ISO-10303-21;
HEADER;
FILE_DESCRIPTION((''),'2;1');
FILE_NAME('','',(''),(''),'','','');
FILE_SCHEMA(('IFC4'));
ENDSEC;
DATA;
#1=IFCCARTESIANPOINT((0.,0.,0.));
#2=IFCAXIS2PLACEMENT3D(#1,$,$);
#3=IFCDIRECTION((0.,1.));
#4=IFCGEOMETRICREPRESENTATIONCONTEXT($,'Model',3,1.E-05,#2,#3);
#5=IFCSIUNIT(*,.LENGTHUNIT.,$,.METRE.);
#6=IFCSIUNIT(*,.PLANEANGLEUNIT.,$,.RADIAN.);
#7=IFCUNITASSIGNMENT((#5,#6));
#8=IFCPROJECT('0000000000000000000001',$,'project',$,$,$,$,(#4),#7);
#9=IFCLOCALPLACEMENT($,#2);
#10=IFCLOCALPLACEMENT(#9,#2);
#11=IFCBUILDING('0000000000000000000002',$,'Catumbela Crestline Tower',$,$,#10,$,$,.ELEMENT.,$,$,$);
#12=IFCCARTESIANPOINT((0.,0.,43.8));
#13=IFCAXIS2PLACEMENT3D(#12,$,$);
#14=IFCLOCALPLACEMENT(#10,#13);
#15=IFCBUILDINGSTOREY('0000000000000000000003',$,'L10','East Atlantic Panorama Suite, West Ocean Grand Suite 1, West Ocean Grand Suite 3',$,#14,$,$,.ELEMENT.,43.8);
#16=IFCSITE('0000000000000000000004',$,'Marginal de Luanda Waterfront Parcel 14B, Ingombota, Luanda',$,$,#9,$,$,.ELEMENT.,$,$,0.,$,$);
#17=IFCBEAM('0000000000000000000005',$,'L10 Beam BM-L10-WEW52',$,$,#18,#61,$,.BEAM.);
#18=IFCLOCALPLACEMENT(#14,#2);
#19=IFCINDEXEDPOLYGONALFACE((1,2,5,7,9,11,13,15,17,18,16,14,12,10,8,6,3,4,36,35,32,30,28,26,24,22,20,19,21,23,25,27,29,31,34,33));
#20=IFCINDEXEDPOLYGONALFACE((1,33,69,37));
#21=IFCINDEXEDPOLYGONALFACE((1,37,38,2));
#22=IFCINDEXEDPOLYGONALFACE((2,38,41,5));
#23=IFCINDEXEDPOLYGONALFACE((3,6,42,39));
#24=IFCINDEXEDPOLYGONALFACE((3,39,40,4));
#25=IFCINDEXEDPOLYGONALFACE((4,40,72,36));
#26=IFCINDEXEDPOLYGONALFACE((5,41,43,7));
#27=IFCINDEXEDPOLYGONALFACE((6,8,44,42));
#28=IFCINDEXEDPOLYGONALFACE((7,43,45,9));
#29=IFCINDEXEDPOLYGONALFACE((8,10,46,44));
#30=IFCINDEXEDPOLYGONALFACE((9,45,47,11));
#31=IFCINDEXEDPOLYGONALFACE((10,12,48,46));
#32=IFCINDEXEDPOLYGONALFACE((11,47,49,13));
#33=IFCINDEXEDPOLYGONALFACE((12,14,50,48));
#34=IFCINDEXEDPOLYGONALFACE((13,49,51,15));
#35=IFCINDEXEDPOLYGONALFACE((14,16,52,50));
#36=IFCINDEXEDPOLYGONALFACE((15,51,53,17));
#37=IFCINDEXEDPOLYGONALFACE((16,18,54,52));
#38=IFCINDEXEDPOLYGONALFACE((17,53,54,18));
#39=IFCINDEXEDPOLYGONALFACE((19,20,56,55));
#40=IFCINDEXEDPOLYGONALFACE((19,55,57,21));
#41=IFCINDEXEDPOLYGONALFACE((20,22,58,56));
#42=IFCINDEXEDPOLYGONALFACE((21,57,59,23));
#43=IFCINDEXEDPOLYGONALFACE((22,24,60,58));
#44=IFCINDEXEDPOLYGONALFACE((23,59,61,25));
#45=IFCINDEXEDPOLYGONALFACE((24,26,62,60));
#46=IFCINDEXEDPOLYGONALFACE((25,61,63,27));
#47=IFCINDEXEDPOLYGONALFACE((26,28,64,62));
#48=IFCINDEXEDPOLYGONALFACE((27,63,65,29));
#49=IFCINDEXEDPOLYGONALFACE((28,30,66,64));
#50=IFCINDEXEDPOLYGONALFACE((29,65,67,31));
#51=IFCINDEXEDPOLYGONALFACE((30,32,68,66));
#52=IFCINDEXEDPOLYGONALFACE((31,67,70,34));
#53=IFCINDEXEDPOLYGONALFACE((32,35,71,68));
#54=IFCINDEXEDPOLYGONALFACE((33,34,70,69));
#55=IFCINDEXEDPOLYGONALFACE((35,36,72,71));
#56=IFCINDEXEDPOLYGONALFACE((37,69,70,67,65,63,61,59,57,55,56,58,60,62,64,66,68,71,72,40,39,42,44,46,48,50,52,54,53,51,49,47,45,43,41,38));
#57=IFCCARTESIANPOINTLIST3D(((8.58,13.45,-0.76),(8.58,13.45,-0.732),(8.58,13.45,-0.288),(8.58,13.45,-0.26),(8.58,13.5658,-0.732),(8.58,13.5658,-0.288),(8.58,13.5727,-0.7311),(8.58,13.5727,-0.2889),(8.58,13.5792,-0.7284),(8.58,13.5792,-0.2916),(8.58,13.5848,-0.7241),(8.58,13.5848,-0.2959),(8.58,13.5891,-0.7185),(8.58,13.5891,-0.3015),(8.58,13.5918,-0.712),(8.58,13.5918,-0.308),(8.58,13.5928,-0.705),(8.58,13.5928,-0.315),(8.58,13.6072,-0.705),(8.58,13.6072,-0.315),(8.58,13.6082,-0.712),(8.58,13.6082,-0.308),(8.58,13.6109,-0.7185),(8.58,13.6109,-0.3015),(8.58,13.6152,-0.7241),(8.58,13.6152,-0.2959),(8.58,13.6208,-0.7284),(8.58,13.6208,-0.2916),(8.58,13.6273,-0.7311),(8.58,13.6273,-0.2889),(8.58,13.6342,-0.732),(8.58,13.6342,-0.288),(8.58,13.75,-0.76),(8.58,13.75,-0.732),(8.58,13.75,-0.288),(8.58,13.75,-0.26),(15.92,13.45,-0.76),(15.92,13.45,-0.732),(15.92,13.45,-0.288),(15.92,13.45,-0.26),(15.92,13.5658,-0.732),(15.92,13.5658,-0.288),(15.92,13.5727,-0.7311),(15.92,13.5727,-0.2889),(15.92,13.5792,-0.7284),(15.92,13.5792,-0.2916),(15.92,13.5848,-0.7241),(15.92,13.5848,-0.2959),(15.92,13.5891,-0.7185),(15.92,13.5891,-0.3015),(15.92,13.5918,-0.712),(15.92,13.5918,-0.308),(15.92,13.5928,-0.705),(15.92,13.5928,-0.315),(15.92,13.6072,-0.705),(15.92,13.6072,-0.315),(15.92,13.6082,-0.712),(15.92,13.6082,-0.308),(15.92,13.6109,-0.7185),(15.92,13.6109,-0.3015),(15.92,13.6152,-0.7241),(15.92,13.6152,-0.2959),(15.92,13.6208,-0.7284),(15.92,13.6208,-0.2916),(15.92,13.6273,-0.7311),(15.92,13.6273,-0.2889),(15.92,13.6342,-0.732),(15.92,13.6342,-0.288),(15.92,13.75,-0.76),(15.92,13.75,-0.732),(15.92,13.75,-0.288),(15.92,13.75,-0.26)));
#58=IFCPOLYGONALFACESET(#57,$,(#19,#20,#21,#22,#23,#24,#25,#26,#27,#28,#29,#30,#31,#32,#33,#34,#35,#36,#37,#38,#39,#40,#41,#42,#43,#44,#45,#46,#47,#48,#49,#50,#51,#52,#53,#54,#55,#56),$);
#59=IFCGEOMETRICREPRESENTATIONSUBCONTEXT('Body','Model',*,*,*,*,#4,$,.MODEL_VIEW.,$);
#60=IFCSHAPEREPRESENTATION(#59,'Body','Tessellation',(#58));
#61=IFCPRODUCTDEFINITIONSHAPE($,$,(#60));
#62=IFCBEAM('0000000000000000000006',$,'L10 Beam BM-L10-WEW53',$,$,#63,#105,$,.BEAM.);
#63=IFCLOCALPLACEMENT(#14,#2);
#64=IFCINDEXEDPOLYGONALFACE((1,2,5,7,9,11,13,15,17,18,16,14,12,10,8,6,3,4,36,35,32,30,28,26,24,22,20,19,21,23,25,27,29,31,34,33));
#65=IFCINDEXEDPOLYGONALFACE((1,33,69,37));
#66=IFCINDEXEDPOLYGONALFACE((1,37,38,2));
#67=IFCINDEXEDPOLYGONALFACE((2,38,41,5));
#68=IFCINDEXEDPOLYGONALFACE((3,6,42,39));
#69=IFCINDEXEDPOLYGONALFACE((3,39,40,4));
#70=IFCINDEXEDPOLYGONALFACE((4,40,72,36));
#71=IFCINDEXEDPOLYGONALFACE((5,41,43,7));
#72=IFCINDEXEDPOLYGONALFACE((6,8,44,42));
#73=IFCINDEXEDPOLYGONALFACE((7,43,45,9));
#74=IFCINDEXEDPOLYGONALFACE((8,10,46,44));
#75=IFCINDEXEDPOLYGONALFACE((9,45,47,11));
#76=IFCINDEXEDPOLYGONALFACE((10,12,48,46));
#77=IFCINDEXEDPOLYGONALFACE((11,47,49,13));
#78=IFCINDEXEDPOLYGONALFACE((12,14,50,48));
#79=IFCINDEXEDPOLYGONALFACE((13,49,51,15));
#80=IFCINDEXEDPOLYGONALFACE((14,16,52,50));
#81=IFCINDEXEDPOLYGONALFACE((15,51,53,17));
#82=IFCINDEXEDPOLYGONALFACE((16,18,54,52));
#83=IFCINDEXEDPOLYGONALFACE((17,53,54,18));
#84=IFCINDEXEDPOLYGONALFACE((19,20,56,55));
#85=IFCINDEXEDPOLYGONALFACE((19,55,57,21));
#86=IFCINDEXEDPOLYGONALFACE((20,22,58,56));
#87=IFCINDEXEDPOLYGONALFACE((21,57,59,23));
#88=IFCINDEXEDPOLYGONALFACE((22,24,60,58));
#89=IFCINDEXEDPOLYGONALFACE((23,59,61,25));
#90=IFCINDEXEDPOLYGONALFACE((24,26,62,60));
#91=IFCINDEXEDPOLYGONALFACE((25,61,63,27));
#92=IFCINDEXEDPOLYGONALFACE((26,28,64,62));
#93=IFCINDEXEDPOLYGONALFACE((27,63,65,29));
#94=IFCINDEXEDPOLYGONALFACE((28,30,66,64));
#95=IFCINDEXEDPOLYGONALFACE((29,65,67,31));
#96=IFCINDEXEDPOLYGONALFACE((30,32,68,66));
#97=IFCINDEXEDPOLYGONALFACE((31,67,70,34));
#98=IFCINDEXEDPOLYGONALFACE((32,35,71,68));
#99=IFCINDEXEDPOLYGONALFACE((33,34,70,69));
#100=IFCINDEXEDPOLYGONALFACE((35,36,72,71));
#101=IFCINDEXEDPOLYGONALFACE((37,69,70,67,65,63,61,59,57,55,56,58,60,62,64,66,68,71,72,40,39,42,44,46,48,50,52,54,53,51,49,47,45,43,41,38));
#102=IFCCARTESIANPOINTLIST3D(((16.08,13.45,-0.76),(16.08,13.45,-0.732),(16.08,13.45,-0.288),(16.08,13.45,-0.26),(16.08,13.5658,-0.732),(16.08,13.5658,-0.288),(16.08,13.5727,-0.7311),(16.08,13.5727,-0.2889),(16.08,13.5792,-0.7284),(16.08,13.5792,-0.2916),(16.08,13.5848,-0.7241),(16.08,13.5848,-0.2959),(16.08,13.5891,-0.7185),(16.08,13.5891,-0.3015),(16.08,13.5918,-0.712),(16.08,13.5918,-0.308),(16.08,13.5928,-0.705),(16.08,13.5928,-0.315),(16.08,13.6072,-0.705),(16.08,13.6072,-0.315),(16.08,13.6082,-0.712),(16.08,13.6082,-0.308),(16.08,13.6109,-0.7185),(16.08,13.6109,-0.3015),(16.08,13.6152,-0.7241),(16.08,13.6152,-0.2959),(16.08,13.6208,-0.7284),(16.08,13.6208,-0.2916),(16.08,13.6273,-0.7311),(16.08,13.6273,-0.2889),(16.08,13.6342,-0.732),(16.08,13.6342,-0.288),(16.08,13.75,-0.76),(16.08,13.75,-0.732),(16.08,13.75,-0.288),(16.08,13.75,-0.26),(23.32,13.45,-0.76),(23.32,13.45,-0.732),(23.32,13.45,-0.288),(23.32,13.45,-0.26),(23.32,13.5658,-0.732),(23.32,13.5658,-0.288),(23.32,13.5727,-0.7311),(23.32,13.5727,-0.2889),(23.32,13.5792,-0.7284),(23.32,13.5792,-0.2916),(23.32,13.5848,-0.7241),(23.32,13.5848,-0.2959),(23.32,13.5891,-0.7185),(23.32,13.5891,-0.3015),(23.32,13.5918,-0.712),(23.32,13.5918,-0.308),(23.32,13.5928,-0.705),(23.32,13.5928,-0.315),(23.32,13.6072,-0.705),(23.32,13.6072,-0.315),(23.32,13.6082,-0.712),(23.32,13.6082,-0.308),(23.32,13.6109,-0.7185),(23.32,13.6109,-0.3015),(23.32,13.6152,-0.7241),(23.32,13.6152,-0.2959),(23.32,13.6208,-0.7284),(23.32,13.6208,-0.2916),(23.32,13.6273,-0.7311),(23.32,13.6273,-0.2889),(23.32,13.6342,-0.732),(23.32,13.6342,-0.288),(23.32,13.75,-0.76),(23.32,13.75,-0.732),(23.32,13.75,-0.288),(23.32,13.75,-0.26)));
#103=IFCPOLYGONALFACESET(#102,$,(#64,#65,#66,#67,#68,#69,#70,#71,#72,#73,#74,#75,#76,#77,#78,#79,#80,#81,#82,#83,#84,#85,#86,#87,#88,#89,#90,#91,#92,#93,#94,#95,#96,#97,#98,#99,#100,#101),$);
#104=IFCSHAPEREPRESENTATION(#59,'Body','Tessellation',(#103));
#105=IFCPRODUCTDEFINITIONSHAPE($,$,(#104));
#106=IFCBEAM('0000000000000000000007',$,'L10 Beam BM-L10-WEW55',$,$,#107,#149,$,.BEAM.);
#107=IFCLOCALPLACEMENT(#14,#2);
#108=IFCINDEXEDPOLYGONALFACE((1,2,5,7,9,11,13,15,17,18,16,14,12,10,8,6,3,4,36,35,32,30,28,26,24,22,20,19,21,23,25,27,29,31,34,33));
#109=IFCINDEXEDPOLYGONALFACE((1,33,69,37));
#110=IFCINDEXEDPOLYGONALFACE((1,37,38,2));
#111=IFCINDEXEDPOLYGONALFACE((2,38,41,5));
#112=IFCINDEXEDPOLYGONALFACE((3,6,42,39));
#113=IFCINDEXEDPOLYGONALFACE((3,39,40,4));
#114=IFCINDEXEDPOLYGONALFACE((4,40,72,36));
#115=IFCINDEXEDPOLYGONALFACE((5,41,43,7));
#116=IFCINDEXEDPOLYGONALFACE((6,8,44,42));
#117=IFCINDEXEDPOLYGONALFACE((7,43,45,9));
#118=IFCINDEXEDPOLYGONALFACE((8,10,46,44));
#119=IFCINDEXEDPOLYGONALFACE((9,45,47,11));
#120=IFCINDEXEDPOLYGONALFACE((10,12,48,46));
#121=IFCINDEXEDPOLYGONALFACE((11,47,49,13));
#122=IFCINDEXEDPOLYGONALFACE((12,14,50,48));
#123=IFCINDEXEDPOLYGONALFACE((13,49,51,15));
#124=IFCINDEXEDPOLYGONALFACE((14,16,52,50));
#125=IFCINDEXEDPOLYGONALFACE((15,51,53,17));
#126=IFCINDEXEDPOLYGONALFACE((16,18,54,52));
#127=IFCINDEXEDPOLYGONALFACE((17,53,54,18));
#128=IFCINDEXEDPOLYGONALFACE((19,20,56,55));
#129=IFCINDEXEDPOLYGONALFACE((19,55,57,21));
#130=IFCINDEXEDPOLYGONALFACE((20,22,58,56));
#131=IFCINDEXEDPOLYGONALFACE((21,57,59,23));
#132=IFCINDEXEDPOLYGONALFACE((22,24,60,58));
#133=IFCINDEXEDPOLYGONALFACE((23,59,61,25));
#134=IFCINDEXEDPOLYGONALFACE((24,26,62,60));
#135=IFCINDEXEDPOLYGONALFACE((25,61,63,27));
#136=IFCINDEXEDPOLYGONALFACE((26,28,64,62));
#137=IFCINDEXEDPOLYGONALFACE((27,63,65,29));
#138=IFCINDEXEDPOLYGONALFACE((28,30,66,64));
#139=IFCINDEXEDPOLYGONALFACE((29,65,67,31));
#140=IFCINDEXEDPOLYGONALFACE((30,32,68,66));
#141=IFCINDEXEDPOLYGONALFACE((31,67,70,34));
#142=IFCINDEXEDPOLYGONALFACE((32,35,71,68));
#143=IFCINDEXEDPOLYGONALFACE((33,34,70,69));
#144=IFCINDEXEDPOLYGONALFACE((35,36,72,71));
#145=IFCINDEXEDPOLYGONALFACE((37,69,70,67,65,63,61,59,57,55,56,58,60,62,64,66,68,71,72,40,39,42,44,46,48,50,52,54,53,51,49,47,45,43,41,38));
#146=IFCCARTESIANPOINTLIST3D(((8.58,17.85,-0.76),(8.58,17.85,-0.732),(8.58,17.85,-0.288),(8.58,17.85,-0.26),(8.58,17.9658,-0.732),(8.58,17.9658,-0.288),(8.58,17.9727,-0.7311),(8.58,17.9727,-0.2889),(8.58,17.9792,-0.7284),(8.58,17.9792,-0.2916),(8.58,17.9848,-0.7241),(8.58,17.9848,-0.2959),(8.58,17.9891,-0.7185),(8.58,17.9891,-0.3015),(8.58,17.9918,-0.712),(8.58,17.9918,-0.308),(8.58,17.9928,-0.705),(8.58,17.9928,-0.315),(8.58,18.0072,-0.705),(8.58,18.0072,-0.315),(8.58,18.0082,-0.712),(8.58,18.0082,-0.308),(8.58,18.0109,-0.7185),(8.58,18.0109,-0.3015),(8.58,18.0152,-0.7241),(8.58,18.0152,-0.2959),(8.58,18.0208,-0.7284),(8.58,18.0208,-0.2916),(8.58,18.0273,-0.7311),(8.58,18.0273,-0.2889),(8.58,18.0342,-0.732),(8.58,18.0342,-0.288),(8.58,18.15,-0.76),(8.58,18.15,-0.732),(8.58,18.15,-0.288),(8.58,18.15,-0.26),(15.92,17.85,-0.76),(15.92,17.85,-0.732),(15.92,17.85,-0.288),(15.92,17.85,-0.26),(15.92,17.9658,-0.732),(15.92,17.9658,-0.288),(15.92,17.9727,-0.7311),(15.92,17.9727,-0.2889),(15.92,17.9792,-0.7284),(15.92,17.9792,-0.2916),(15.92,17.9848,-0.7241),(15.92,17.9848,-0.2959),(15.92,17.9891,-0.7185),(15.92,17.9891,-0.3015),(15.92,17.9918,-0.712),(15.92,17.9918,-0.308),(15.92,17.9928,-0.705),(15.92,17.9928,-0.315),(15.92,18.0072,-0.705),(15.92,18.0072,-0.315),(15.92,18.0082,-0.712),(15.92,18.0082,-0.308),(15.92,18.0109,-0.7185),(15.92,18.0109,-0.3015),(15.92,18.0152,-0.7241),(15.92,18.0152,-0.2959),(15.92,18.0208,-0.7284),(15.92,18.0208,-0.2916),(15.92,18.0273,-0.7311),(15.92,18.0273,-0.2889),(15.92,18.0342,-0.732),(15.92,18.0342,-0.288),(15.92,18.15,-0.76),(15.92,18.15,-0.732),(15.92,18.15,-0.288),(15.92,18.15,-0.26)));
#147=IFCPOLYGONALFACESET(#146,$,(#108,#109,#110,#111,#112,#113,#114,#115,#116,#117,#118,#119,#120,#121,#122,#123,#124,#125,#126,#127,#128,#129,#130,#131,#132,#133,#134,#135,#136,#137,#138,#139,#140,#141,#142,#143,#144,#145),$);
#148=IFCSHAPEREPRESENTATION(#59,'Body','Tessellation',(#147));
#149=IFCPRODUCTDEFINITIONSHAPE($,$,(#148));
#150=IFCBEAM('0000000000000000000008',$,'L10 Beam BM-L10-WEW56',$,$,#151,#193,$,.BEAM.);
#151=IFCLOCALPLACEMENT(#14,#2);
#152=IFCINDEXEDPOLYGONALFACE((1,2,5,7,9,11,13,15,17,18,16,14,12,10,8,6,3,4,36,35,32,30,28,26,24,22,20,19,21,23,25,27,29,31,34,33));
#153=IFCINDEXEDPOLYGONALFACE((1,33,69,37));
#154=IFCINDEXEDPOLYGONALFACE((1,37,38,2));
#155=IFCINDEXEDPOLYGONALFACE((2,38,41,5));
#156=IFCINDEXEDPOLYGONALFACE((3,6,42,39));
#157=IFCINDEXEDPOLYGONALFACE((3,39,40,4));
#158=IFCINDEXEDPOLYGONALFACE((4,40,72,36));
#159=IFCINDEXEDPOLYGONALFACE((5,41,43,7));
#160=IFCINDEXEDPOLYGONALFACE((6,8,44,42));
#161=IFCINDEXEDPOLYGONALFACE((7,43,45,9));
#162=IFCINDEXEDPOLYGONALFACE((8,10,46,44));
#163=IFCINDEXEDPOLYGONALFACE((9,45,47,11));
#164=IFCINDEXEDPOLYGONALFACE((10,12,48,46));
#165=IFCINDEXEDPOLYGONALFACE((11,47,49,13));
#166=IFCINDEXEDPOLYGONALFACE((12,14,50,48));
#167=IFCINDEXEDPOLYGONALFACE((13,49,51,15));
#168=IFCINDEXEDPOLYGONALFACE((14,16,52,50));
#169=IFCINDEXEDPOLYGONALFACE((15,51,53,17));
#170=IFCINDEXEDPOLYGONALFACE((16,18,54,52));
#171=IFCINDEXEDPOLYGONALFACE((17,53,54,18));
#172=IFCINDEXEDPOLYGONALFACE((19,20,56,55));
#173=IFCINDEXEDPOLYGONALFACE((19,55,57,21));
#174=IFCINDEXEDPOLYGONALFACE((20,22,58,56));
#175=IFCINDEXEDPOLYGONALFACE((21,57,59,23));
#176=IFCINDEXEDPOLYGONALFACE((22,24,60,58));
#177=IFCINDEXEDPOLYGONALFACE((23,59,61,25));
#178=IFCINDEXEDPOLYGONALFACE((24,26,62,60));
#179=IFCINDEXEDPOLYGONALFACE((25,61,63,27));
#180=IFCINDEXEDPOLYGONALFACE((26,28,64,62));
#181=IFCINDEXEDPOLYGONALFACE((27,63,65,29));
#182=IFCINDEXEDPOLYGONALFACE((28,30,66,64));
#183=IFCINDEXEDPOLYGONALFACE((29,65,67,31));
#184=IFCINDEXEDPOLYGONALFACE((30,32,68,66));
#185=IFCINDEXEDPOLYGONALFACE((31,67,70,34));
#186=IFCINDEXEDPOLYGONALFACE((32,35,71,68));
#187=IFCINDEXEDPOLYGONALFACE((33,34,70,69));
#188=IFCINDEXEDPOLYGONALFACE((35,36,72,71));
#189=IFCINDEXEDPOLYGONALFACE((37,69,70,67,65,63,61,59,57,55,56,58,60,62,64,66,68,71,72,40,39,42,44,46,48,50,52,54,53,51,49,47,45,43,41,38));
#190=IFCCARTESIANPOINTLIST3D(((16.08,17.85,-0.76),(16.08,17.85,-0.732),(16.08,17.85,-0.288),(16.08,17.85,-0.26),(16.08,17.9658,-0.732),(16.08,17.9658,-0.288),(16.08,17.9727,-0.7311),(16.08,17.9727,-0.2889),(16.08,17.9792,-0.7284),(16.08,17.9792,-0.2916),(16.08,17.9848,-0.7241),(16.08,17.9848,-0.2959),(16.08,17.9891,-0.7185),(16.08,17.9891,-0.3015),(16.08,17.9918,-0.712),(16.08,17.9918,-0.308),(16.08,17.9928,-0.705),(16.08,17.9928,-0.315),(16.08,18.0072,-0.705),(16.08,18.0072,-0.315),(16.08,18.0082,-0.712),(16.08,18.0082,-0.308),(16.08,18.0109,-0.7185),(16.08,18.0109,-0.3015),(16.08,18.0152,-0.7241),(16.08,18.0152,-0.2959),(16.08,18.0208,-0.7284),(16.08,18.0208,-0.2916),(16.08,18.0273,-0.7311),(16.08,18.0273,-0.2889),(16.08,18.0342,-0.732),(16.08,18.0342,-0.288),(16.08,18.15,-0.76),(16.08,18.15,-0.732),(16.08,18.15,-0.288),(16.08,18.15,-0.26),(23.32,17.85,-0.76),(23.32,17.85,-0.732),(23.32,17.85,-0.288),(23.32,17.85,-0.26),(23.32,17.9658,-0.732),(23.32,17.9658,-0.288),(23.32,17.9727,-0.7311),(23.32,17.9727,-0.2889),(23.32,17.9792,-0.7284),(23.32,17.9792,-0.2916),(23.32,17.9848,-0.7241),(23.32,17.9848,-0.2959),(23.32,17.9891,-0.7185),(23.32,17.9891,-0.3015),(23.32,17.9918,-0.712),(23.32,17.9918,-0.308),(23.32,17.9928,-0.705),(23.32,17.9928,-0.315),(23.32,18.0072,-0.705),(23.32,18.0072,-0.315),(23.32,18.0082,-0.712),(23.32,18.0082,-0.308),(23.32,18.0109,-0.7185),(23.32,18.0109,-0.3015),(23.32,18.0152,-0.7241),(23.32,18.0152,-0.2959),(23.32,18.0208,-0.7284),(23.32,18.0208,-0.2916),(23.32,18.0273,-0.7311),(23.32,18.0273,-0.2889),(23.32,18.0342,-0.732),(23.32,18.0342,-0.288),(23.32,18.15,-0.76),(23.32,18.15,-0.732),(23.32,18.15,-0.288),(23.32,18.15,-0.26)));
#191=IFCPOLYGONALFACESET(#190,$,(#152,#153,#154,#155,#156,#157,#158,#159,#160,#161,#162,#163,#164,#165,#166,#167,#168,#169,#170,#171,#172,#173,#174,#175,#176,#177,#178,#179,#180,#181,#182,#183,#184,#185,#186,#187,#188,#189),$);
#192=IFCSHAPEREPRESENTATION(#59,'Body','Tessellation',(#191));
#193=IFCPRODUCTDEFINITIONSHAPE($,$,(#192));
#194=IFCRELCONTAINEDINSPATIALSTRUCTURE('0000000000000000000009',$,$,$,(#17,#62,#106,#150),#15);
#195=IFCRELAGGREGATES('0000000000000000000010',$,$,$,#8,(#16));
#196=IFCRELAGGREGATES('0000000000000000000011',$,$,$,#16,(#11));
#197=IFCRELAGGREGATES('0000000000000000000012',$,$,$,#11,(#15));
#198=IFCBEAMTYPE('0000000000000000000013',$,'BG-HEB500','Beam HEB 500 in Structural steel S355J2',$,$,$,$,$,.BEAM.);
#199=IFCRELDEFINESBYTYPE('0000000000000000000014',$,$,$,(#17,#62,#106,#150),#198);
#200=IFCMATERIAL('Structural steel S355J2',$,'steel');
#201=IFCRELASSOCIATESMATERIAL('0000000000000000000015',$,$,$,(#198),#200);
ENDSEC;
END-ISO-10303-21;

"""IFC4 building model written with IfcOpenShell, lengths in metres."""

from ifc_helpers import new_model, si_unit, direction, frame, origin, origin_2d, place, context, subcontext, project, spatial, i_section, extrude, material, material_profile, profile_set, type_object, element, save


model = new_model("IFC4")

# Units and contexts
model_context = context("Model", 3, precision=1e-05, world=origin(), true_north=direction((0.0, 1.0)))
body_context = subcontext(model_context, "Body", "Model", "MODEL_VIEW")
ifc_project = project(units=[si_unit("LENGTHUNIT", "METRE"), si_unit("PLANEANGLEUNIT", "RADIAN")], contexts=[model_context])

# Site, building, storey
site_placement = place(None, origin())
site = spatial("IfcSite", under=ifc_project, at=site_placement, Name="Marginal de Luanda Waterfront Parcel 14B, Ingombota, Luanda", CompositionType="ELEMENT", RefElevation=0.0)
building_placement = place(site_placement, origin())
building = spatial("IfcBuilding", under=site, at=building_placement, Name="Catumbela Crestline Tower", CompositionType="ELEMENT")
storey_placement = place(building_placement, frame((0.0, 0.0, 43.8)))
storey = spatial("IfcBuildingStorey", under=building, at=storey_placement, Name="L10", Description="East Atlantic Panorama Suite, West Ocean Grand Suite 1, West Ocean Grand Suite 3", CompositionType="ELEMENT", Elevation=43.8)

# Beams
ifc_material_1 = material(Name="Structural steel S355J2", Category="steel")
ifc_material_profile_1 = material_profile(ifc_material_1, i_section(OverallWidth=0.3, OverallDepth=0.5, WebThickness=0.0145, FlangeThickness=0.028, FilletRadius=0.027, at=origin_2d()), Name="HEB 500")
ifc_profile_set_1 = profile_set([ifc_material_profile_1], Name="Structural steel S355J2")
beam_type_1 = type_object("IfcBeamType", Name="BG-HEB500", Description="Beam HEB 500 in Structural steel S355J2", PredefinedType="BEAM", material=ifc_profile_set_1)
beam_1_placement = place(storey_placement, frame((8.58, 13.6, -0.51), z_axis=(1.0, 0.0, 0.0), x_axis=(0.0, 1.0, 0.0)))
element("IfcBeam", 1, at=beam_1_placement, inside=storey, type_object=beam_type_1, Name="L10 Beam BM-L10-WEW52", PredefinedType="BEAM", context=body_context, shape_type="SweptSolid", body=[
    extrude(i_section(OverallWidth=0.3, OverallDepth=0.5, WebThickness=0.0145, FlangeThickness=0.028, FilletRadius=0.027, at=origin_2d()), origin(), (0.0, 0.0, 1.0), 7.34),
])
beam_2_placement = place(storey_placement, frame((16.08, 13.6, -0.51), z_axis=(1.0, 0.0, 0.0), x_axis=(0.0, 1.0, 0.0)))
element("IfcBeam", 2, at=beam_2_placement, inside=storey, type_object=beam_type_1, Name="L10 Beam BM-L10-WEW53", PredefinedType="BEAM", context=body_context, shape_type="SweptSolid", body=[
    extrude(i_section(OverallWidth=0.3, OverallDepth=0.5, WebThickness=0.0145, FlangeThickness=0.028, FilletRadius=0.027, at=origin_2d()), origin(), (0.0, 0.0, 1.0), 7.24),
])
beam_3_placement = place(storey_placement, frame((8.58, 18.0, -0.51), z_axis=(1.0, 0.0, 0.0), x_axis=(0.0, 1.0, 0.0)))
element("IfcBeam", 3, at=beam_3_placement, inside=storey, type_object=beam_type_1, Name="L10 Beam BM-L10-WEW55", PredefinedType="BEAM", context=body_context, shape_type="SweptSolid", body=[
    extrude(i_section(OverallWidth=0.3, OverallDepth=0.5, WebThickness=0.0145, FlangeThickness=0.028, FilletRadius=0.027, at=origin_2d()), origin(), (0.0, 0.0, 1.0), 7.34),
])
beam_4_placement = place(storey_placement, frame((16.08, 18.0, -0.51), z_axis=(1.0, 0.0, 0.0), x_axis=(0.0, 1.0, 0.0)))
element("IfcBeam", 4, at=beam_4_placement, inside=storey, type_object=beam_type_1, Name="L10 Beam BM-L10-WEW56", PredefinedType="BEAM", context=body_context, shape_type="SweptSolid", body=[
    extrude(i_section(OverallWidth=0.3, OverallDepth=0.5, WebThickness=0.0145, FlangeThickness=0.028, FilletRadius=0.027, at=origin_2d()), origin(), (0.0, 0.0, 1.0), 7.24),
])

save(model, "model.ifc")
